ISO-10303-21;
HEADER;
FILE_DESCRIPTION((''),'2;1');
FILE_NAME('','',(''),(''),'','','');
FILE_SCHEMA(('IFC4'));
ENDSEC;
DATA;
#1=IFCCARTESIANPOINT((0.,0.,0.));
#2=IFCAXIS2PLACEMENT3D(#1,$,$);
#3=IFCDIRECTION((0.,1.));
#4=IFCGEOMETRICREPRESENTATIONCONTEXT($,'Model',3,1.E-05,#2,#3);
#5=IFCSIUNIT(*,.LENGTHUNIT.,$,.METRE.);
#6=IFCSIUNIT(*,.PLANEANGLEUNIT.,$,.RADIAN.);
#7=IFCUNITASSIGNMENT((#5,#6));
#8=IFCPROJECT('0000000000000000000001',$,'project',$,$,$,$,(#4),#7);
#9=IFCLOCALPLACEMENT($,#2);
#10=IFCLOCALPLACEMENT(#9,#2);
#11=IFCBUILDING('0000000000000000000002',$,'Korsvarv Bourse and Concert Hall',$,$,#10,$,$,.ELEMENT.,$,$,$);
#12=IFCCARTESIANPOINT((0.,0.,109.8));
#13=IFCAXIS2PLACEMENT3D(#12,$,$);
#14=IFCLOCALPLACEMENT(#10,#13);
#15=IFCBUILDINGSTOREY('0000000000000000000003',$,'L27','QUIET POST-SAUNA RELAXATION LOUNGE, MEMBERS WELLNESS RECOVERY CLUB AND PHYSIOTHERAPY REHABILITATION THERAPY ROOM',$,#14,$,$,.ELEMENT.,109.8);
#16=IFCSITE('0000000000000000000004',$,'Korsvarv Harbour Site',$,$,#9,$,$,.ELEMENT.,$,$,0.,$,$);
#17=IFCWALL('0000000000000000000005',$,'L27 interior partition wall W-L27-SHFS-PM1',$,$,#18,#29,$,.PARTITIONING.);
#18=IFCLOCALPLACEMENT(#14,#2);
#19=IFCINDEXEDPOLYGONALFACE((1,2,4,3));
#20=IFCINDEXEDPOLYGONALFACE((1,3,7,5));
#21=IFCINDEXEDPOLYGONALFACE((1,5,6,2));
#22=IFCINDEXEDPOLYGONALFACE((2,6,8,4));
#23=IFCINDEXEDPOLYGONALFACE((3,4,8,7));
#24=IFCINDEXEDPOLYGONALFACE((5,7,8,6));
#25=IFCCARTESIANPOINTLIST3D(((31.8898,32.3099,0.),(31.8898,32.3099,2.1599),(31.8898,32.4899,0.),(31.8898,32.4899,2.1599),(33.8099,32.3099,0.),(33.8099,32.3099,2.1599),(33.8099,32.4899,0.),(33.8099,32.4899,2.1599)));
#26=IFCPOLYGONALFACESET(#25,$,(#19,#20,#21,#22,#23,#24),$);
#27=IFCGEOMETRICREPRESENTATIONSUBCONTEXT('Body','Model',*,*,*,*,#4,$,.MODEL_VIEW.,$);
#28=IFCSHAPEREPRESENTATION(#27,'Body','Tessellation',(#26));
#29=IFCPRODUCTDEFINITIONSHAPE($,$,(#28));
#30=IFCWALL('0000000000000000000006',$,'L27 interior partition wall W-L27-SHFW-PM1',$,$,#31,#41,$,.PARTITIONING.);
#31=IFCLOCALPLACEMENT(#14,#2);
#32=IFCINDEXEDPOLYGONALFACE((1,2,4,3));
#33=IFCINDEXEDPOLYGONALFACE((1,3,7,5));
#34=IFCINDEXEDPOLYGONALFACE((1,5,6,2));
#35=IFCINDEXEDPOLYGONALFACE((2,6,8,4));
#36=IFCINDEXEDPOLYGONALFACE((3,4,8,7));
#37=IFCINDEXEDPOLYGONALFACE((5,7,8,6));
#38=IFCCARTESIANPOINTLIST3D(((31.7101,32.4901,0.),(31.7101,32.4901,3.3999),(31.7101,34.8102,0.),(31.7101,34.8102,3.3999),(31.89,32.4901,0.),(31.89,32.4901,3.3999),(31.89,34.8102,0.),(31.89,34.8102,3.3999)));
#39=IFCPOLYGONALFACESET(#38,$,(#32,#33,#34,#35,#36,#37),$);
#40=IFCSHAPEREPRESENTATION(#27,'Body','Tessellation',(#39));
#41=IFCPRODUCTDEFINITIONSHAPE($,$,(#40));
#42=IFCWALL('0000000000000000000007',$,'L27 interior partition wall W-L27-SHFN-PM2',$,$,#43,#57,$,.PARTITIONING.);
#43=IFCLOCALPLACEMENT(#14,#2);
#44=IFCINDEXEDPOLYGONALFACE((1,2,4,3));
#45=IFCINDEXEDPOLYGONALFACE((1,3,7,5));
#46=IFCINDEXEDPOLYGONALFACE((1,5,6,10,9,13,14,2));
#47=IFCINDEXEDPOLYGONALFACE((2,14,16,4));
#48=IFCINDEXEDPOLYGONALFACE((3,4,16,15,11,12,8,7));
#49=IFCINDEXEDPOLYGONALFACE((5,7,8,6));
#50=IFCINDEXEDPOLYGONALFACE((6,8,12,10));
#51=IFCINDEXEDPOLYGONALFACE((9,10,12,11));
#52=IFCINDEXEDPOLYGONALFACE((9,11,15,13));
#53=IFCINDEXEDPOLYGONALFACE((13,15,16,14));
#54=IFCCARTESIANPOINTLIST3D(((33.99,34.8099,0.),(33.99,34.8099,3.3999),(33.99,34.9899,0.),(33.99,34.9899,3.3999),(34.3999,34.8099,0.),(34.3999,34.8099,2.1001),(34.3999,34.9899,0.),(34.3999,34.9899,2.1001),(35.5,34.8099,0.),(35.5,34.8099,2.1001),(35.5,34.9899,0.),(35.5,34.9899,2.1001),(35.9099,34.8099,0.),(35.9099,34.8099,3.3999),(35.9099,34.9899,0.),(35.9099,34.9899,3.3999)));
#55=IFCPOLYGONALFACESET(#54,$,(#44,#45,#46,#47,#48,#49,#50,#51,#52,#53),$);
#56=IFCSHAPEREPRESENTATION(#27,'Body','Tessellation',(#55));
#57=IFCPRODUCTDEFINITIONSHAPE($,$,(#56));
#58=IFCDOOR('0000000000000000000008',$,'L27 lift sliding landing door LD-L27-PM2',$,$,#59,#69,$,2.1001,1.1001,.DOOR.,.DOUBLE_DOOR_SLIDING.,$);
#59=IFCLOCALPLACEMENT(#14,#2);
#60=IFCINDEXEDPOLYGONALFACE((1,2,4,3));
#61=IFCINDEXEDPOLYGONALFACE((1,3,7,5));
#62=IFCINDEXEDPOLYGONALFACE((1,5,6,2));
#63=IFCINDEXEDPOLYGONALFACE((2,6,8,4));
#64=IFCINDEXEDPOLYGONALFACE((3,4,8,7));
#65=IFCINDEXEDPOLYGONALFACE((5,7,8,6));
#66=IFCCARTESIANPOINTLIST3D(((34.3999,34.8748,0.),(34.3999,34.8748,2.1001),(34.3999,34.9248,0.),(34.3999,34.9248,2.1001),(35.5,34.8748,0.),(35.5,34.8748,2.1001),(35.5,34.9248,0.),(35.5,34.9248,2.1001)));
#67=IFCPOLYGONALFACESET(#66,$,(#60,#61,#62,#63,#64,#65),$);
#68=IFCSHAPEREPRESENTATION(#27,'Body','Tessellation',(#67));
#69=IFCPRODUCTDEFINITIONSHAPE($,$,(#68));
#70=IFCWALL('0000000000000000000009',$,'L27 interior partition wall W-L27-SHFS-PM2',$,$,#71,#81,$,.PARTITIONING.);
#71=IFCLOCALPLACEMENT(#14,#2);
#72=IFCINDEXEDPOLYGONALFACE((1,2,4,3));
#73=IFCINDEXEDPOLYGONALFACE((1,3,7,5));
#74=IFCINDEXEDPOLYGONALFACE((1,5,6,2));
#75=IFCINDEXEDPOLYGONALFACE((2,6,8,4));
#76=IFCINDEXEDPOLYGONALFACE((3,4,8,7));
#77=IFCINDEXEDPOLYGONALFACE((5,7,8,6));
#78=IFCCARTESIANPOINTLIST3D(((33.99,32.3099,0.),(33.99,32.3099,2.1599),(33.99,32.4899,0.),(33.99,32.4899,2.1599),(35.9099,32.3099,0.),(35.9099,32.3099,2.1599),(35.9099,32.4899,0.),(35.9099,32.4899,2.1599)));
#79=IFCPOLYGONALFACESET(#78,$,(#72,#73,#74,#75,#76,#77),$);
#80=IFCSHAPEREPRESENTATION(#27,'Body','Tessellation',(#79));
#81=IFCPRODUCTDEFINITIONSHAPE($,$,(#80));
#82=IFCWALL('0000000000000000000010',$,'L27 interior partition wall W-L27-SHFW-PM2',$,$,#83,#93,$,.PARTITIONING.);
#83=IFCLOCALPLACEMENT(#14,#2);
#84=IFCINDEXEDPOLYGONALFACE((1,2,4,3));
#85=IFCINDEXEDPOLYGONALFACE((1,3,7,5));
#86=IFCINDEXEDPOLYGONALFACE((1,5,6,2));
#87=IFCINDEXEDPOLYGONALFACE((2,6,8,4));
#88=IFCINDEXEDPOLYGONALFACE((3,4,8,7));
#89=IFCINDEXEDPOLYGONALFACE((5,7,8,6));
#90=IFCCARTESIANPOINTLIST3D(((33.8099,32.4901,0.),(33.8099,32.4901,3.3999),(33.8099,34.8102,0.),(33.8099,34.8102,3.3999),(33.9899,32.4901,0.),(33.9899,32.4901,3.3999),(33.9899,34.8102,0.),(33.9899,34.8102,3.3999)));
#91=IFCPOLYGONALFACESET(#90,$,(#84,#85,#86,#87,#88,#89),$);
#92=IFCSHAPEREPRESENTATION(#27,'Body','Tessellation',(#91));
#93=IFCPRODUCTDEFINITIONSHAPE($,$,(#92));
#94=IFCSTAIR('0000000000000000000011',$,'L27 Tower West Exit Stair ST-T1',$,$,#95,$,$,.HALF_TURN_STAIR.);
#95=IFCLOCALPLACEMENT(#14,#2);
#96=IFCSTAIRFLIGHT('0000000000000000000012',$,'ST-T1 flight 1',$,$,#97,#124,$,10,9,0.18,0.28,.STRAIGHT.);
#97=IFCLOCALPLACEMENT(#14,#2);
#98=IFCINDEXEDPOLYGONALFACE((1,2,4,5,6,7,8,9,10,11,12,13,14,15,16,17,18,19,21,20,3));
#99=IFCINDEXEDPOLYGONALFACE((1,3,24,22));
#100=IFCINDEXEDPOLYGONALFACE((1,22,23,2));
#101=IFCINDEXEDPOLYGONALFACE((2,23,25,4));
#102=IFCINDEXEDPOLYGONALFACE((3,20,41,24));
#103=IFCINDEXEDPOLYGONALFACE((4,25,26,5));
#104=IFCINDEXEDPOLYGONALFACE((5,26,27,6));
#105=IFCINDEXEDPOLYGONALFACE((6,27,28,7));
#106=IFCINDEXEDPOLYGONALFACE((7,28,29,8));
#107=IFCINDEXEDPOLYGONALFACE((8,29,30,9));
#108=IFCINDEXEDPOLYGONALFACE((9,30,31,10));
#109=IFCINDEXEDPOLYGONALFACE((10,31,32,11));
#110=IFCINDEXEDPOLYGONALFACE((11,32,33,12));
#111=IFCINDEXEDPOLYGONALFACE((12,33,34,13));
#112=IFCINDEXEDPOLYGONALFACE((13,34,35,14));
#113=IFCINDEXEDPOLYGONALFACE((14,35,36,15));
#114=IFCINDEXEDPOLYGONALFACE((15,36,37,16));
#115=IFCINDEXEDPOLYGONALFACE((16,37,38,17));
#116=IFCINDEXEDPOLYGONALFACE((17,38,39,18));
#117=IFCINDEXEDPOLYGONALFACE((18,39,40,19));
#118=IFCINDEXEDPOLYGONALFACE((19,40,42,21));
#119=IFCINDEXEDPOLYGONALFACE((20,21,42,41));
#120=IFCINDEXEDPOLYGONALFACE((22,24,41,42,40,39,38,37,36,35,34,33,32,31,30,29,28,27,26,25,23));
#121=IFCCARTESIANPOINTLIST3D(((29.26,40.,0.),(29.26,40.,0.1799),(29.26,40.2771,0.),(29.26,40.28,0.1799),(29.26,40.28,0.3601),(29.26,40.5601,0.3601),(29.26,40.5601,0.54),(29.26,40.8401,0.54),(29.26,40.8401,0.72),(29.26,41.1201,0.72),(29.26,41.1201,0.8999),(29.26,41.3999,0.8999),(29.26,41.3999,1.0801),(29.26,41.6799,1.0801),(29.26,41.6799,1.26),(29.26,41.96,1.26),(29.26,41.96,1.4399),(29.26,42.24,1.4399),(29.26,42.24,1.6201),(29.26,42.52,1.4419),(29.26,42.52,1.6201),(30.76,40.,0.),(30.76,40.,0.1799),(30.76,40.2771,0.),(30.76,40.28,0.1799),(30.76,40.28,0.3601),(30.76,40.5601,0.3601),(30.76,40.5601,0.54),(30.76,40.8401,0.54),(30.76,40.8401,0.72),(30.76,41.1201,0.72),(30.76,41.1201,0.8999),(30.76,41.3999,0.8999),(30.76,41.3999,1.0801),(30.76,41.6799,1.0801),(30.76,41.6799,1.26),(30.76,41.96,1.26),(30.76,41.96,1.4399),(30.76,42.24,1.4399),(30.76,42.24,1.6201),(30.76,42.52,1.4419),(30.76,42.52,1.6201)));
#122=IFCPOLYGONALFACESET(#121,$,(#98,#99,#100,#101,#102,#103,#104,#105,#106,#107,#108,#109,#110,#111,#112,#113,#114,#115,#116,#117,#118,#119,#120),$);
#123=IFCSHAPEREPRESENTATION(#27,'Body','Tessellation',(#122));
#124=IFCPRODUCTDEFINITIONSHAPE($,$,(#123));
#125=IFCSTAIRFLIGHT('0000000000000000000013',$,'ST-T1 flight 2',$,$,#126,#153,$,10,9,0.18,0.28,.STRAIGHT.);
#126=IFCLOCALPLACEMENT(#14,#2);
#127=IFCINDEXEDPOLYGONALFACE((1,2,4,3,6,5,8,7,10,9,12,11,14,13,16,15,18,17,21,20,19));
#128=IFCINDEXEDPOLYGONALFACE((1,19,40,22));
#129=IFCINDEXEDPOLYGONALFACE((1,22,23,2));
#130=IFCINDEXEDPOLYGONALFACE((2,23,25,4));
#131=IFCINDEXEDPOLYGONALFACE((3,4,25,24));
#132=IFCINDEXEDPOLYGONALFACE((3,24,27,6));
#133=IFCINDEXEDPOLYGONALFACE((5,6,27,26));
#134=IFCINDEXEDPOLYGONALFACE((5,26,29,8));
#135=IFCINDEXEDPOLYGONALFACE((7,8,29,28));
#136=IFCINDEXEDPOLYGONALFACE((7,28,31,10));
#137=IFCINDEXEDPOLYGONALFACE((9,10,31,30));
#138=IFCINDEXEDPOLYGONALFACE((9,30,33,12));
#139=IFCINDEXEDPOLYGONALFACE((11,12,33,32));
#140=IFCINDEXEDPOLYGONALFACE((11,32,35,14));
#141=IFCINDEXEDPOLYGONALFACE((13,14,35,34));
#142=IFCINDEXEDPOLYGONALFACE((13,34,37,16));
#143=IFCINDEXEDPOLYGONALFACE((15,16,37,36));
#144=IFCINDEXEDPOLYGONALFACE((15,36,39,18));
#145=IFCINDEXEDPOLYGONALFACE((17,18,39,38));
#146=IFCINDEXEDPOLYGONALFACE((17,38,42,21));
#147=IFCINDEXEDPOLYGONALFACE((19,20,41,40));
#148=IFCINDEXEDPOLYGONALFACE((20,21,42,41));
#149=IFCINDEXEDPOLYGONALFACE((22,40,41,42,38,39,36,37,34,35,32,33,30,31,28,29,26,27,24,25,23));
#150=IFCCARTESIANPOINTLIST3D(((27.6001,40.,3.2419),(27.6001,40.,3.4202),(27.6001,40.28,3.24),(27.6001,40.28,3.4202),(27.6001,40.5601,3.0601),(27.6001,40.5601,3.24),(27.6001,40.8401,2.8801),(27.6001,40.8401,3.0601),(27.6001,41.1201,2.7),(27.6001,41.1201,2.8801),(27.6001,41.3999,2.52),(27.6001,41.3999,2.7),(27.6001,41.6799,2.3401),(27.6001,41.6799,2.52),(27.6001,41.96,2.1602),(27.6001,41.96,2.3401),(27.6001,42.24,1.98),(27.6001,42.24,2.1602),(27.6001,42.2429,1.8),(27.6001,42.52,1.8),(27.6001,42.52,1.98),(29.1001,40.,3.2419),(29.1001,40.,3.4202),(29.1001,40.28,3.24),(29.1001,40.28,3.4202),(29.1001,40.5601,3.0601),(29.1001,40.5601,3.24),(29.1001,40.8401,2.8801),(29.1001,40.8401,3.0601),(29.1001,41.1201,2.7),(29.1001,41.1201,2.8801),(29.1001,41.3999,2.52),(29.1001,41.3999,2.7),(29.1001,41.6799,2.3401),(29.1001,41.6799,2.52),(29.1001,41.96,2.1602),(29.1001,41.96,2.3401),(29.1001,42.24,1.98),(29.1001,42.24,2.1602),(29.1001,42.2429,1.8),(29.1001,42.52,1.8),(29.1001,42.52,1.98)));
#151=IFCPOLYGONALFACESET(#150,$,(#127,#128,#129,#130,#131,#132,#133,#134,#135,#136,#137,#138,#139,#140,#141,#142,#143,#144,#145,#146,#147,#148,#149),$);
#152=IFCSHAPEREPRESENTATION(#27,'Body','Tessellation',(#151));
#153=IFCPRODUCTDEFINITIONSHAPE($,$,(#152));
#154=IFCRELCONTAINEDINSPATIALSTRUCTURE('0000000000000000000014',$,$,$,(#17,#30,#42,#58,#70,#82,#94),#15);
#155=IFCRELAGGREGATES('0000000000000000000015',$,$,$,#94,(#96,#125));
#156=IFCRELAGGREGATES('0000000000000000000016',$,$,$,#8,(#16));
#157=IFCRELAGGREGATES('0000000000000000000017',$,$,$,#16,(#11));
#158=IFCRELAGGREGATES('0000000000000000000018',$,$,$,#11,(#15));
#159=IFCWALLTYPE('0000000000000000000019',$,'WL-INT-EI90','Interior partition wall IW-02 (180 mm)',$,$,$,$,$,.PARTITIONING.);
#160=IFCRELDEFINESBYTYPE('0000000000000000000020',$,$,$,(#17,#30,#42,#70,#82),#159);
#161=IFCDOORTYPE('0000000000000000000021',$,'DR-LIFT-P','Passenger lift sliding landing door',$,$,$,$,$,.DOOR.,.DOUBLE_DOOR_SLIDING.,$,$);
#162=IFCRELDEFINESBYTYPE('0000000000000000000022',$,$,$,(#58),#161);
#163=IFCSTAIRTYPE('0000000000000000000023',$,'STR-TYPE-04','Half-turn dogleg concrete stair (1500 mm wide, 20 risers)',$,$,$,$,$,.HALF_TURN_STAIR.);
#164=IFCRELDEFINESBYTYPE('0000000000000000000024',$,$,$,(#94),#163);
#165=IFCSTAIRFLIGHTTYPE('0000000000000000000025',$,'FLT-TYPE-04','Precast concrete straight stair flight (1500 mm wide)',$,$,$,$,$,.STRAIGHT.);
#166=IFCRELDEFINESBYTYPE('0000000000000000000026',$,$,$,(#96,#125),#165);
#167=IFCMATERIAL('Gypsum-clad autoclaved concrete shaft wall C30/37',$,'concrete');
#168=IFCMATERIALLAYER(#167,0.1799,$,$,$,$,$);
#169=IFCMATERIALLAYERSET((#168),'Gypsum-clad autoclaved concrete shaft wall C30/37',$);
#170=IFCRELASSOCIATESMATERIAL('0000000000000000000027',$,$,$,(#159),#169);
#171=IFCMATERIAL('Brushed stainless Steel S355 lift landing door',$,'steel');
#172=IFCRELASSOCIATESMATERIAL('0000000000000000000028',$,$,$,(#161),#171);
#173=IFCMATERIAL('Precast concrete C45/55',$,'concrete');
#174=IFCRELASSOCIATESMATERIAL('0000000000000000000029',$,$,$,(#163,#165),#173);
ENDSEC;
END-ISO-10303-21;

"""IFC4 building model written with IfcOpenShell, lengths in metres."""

from ifc_helpers import new_model, si_unit, direction, frame, frame_2d, origin, place, context, subcontext, project, spatial, polyline, rectangle, outline, extrude, material, layer, layer_set, type_object, element, fill, aggregate, save


model = new_model("IFC4")

# Units and contexts
model_context = context("Model", 3, precision=1e-05, world=origin(), true_north=direction((0.0, 1.0)))
body_context = subcontext(model_context, "Body", "Model", "MODEL_VIEW")
ifc_project = project(units=[si_unit("LENGTHUNIT", "METRE"), si_unit("PLANEANGLEUNIT", "RADIAN")], contexts=[model_context])

# Site, building, storey
site_placement = place(None, origin())
site = spatial("IfcSite", under=ifc_project, at=site_placement, Name="Korsvarv Harbour Site", CompositionType="ELEMENT", RefElevation=0.0)
building_placement = place(site_placement, origin())
building = spatial("IfcBuilding", under=site, at=building_placement, Name="Korsvarv Bourse and Concert Hall", CompositionType="ELEMENT")
storey_placement = place(building_placement, frame((0.0, 0.0, 109.8)))
storey = spatial("IfcBuildingStorey", under=building, at=storey_placement, Name="L27", Description="QUIET POST-SAUNA RELAXATION LOUNGE, MEMBERS WELLNESS RECOVERY CLUB AND PHYSIOTHERAPY REHABILITATION THERAPY ROOM", CompositionType="ELEMENT", Elevation=109.8)

# Shared definitions
ifc_material_1 = material(Name="Gypsum-clad autoclaved concrete shaft wall C30/37", Category="concrete")
ifc_layer_1 = layer(ifc_material_1, 0.1799)
ifc_layer_set_1 = layer_set([ifc_layer_1], Name="Gypsum-clad autoclaved concrete shaft wall C30/37")
wall_type_1 = type_object("IfcWallType", Name="WL-INT-EI90", Description="Interior partition wall IW-02 (180 mm)", PredefinedType="PARTITIONING", material=ifc_layer_set_1)
ifc_material_2 = material(Name="Brushed stainless Steel S355 lift landing door", Category="steel")
door_type_1 = type_object("IfcDoorType", Name="DR-LIFT-P", Description="Passenger lift sliding landing door", OperationType="DOUBLE_DOOR_SLIDING", PredefinedType="DOOR", material=ifc_material_2)

# Walls
wall_1_placement = place(storey_placement, frame((31.8899, 32.3999, 0.0), z_axis=(0.0, 0.0, 1.0), x_axis=(1.0, 0.0, 0.0)))
element("IfcWall", 1, at=wall_1_placement, inside=storey, type_object=wall_type_1, Name="L27 interior partition wall W-L27-SHFS-PM1", PredefinedType="PARTITIONING", context=body_context, shape_type="SweptSolid", body=[
    extrude(rectangle(XDim=1.9202, YDim=0.1799, at=frame_2d((0.96, 0.0))), origin(), (0.0, 0.0, 1.0), 2.1599),
])
wall_2_placement = place(storey_placement, frame((31.8, 32.49, 0.0), z_axis=(0.0, 0.0, 1.0), x_axis=(0.0, 1.0, 0.0)))
element("IfcWall", 2, at=wall_2_placement, inside=storey, type_object=wall_type_1, Name="L27 interior partition wall W-L27-SHFW-PM1", PredefinedType="PARTITIONING", context=body_context, shape_type="SweptSolid", body=[
    extrude(rectangle(XDim=2.3201, YDim=0.1799, at=frame_2d((1.1602, 0.0))), origin(), (0.0, 0.0, 1.0), 3.3999),
])

# Wall, opening, door
wall_3_placement = place(storey_placement, frame((33.99, 34.8999, 0.0), z_axis=(0.0, 0.0, 1.0), x_axis=(1.0, 0.0, 0.0)))
wall_3 = element("IfcWall", 3, at=wall_3_placement, inside=storey, type_object=wall_type_1, Name="L27 interior partition wall W-L27-SHFN-PM2", PredefinedType="PARTITIONING", context=body_context, shape_type="SweptSolid", body=[
    extrude(rectangle(XDim=1.9199, YDim=0.1799, at=frame_2d((0.96, 0.0))), origin(), (0.0, 0.0, 1.0), 3.3999),
])
opening_1_placement = place(wall_3_placement, frame((0.4099, 0.0, 0.0)))
opening_1 = element("IfcOpeningElement", 4, at=opening_1_placement, cuts=wall_3, PredefinedType="OPENING", context=body_context, shape_type="SweptSolid", body=[
    extrude(rectangle(XDim=1.1001, YDim=2.1001, at=frame_2d((0.55, 1.05))), frame((0.0, 0.1001, 0.0), z_axis=(0.0, -1.0, 0.0), x_axis=(1.0, 0.0, 0.0)), (0.0, 0.0, 1.0), 0.2),
])
door_1_placement = place(opening_1_placement, origin())
door_1 = element("IfcDoor", 5, at=door_1_placement, inside=storey, type_object=door_type_1, Name="L27 lift sliding landing door LD-L27-PM2", OperationType="DOUBLE_DOOR_SLIDING", OverallHeight=2.1001, OverallWidth=1.1001, PredefinedType="DOOR", context=body_context, shape_type="SweptSolid", body=[
    extrude(rectangle(XDim=1.1001, YDim=2.1001, at=frame_2d((0.55, 1.05))), frame((0.0, 0.0249, 0.0), z_axis=(0.0, -1.0, 0.0), x_axis=(1.0, 0.0, 0.0)), (0.0, 0.0, 1.0), 0.05),
])
fill(opening_1, door_1)

# Walls
wall_4_placement = place(storey_placement, frame((33.99, 32.3999, 0.0), z_axis=(0.0, 0.0, 1.0), x_axis=(1.0, 0.0, 0.0)))
element("IfcWall", 6, at=wall_4_placement, inside=storey, type_object=wall_type_1, Name="L27 interior partition wall W-L27-SHFS-PM2", PredefinedType="PARTITIONING", context=body_context, shape_type="SweptSolid", body=[
    extrude(rectangle(XDim=1.9199, YDim=0.1799, at=frame_2d((0.96, 0.0))), origin(), (0.0, 0.0, 1.0), 2.1599),
])
wall_5_placement = place(storey_placement, frame((33.8999, 32.49, 0.0), z_axis=(0.0, 0.0, 1.0), x_axis=(0.0, 1.0, 0.0)))
element("IfcWall", 7, at=wall_5_placement, inside=storey, type_object=wall_type_1, Name="L27 interior partition wall W-L27-SHFW-PM2", PredefinedType="PARTITIONING", context=body_context, shape_type="SweptSolid", body=[
    extrude(rectangle(XDim=2.3201, YDim=0.1799, at=frame_2d((1.1602, 0.0))), origin(), (0.0, 0.0, 1.0), 3.3999),
])

# Stair, stair flights
ifc_material_3 = material(Name="Precast concrete C45/55", Category="concrete")
stair_type = type_object("IfcStairType", Name="STR-TYPE-04", Description="Half-turn dogleg concrete stair (1500 mm wide, 20 risers)", PredefinedType="HALF_TURN_STAIR", material=ifc_material_3)
stair_placement = place(storey_placement, origin())
stair = element("IfcStair", 8, at=stair_placement, inside=storey, type_object=stair_type, Name="L27 Tower West Exit Stair ST-T1", PredefinedType="HALF_TURN_STAIR")
stair_flight_type = type_object("IfcStairFlightType", Name="FLT-TYPE-04", Description="Precast concrete straight stair flight (1500 mm wide)", PredefinedType="STRAIGHT", material=ifc_material_3)
stair_flight_1_placement = place(storey_placement, frame((30.01, 40.0, 0.0), z_axis=(0.0, 0.0, 1.0), x_axis=(0.0, 1.0, 0.0)))
stair_flight_1 = element("IfcStairFlight", 9, at=stair_flight_1_placement, type_object=stair_flight_type, Name="ST-T1 flight 1", NumberOfRisers=10, NumberOfTreads=9, PredefinedType="STRAIGHT", RiserHeight=0.18, TreadLength=0.28, context=body_context, shape_type="SweptSolid", body=[
    extrude(outline(polyline([(0.0, 0.0), (0.0, 0.1799), (0.28, 0.1799), (0.28, 0.3601), (0.5601, 0.3601), (0.5601, 0.54), (0.8401, 0.54), (0.8401, 0.72), (1.1201, 0.72), (1.1201, 0.8999), (1.3999, 0.8999), (1.3999, 1.0801), (1.6799, 1.0801), (1.6799, 1.26), (1.96, 1.26), (1.96, 1.4399), (2.24, 1.4399), (2.24, 1.6201), (2.52, 1.6201), (2.52, 1.8), (2.52, 1.4419), (0.2771, 0.0), (0.0, 0.0)])), frame((0.0, 0.75, 0.0), z_axis=(0.0, -1.0, 0.0), x_axis=(1.0, 0.0, 0.0)), (0.0, 0.0, 1.0), 1.5),
])
stair_flight_2_placement = place(storey_placement, frame((28.3501, 42.52, 1.8), z_axis=(0.0, 0.0, 1.0), x_axis=(0.0, -1.0, 0.0)))
stair_flight_2 = element("IfcStairFlight", 10, at=stair_flight_2_placement, type_object=stair_flight_type, Name="ST-T1 flight 2", NumberOfRisers=10, NumberOfTreads=9, PredefinedType="STRAIGHT", RiserHeight=0.18, TreadLength=0.28, context=body_context, shape_type="SweptSolid", body=[
    extrude(outline(polyline([(0.0, 0.0), (0.0, 0.1799), (0.28, 0.1799), (0.28, 0.3601), (0.5601, 0.3601), (0.5601, 0.54), (0.8401, 0.54), (0.8401, 0.72), (1.1201, 0.72), (1.1201, 0.8999), (1.3999, 0.8999), (1.3999, 1.0801), (1.6799, 1.0801), (1.6799, 1.26), (1.96, 1.26), (1.96, 1.4399), (2.24, 1.4399), (2.24, 1.6201), (2.52, 1.6201), (2.52, 1.8), (2.52, 1.4419), (0.2771, 0.0), (0.0, 0.0)])), frame((0.0, 0.75, 0.0), z_axis=(0.0, -1.0, 0.0), x_axis=(1.0, 0.0, 0.0)), (0.0, 0.0, 1.0), 1.5),
])
aggregate(stair, [stair_flight_1, stair_flight_2])

save(model, "model.ifc")
